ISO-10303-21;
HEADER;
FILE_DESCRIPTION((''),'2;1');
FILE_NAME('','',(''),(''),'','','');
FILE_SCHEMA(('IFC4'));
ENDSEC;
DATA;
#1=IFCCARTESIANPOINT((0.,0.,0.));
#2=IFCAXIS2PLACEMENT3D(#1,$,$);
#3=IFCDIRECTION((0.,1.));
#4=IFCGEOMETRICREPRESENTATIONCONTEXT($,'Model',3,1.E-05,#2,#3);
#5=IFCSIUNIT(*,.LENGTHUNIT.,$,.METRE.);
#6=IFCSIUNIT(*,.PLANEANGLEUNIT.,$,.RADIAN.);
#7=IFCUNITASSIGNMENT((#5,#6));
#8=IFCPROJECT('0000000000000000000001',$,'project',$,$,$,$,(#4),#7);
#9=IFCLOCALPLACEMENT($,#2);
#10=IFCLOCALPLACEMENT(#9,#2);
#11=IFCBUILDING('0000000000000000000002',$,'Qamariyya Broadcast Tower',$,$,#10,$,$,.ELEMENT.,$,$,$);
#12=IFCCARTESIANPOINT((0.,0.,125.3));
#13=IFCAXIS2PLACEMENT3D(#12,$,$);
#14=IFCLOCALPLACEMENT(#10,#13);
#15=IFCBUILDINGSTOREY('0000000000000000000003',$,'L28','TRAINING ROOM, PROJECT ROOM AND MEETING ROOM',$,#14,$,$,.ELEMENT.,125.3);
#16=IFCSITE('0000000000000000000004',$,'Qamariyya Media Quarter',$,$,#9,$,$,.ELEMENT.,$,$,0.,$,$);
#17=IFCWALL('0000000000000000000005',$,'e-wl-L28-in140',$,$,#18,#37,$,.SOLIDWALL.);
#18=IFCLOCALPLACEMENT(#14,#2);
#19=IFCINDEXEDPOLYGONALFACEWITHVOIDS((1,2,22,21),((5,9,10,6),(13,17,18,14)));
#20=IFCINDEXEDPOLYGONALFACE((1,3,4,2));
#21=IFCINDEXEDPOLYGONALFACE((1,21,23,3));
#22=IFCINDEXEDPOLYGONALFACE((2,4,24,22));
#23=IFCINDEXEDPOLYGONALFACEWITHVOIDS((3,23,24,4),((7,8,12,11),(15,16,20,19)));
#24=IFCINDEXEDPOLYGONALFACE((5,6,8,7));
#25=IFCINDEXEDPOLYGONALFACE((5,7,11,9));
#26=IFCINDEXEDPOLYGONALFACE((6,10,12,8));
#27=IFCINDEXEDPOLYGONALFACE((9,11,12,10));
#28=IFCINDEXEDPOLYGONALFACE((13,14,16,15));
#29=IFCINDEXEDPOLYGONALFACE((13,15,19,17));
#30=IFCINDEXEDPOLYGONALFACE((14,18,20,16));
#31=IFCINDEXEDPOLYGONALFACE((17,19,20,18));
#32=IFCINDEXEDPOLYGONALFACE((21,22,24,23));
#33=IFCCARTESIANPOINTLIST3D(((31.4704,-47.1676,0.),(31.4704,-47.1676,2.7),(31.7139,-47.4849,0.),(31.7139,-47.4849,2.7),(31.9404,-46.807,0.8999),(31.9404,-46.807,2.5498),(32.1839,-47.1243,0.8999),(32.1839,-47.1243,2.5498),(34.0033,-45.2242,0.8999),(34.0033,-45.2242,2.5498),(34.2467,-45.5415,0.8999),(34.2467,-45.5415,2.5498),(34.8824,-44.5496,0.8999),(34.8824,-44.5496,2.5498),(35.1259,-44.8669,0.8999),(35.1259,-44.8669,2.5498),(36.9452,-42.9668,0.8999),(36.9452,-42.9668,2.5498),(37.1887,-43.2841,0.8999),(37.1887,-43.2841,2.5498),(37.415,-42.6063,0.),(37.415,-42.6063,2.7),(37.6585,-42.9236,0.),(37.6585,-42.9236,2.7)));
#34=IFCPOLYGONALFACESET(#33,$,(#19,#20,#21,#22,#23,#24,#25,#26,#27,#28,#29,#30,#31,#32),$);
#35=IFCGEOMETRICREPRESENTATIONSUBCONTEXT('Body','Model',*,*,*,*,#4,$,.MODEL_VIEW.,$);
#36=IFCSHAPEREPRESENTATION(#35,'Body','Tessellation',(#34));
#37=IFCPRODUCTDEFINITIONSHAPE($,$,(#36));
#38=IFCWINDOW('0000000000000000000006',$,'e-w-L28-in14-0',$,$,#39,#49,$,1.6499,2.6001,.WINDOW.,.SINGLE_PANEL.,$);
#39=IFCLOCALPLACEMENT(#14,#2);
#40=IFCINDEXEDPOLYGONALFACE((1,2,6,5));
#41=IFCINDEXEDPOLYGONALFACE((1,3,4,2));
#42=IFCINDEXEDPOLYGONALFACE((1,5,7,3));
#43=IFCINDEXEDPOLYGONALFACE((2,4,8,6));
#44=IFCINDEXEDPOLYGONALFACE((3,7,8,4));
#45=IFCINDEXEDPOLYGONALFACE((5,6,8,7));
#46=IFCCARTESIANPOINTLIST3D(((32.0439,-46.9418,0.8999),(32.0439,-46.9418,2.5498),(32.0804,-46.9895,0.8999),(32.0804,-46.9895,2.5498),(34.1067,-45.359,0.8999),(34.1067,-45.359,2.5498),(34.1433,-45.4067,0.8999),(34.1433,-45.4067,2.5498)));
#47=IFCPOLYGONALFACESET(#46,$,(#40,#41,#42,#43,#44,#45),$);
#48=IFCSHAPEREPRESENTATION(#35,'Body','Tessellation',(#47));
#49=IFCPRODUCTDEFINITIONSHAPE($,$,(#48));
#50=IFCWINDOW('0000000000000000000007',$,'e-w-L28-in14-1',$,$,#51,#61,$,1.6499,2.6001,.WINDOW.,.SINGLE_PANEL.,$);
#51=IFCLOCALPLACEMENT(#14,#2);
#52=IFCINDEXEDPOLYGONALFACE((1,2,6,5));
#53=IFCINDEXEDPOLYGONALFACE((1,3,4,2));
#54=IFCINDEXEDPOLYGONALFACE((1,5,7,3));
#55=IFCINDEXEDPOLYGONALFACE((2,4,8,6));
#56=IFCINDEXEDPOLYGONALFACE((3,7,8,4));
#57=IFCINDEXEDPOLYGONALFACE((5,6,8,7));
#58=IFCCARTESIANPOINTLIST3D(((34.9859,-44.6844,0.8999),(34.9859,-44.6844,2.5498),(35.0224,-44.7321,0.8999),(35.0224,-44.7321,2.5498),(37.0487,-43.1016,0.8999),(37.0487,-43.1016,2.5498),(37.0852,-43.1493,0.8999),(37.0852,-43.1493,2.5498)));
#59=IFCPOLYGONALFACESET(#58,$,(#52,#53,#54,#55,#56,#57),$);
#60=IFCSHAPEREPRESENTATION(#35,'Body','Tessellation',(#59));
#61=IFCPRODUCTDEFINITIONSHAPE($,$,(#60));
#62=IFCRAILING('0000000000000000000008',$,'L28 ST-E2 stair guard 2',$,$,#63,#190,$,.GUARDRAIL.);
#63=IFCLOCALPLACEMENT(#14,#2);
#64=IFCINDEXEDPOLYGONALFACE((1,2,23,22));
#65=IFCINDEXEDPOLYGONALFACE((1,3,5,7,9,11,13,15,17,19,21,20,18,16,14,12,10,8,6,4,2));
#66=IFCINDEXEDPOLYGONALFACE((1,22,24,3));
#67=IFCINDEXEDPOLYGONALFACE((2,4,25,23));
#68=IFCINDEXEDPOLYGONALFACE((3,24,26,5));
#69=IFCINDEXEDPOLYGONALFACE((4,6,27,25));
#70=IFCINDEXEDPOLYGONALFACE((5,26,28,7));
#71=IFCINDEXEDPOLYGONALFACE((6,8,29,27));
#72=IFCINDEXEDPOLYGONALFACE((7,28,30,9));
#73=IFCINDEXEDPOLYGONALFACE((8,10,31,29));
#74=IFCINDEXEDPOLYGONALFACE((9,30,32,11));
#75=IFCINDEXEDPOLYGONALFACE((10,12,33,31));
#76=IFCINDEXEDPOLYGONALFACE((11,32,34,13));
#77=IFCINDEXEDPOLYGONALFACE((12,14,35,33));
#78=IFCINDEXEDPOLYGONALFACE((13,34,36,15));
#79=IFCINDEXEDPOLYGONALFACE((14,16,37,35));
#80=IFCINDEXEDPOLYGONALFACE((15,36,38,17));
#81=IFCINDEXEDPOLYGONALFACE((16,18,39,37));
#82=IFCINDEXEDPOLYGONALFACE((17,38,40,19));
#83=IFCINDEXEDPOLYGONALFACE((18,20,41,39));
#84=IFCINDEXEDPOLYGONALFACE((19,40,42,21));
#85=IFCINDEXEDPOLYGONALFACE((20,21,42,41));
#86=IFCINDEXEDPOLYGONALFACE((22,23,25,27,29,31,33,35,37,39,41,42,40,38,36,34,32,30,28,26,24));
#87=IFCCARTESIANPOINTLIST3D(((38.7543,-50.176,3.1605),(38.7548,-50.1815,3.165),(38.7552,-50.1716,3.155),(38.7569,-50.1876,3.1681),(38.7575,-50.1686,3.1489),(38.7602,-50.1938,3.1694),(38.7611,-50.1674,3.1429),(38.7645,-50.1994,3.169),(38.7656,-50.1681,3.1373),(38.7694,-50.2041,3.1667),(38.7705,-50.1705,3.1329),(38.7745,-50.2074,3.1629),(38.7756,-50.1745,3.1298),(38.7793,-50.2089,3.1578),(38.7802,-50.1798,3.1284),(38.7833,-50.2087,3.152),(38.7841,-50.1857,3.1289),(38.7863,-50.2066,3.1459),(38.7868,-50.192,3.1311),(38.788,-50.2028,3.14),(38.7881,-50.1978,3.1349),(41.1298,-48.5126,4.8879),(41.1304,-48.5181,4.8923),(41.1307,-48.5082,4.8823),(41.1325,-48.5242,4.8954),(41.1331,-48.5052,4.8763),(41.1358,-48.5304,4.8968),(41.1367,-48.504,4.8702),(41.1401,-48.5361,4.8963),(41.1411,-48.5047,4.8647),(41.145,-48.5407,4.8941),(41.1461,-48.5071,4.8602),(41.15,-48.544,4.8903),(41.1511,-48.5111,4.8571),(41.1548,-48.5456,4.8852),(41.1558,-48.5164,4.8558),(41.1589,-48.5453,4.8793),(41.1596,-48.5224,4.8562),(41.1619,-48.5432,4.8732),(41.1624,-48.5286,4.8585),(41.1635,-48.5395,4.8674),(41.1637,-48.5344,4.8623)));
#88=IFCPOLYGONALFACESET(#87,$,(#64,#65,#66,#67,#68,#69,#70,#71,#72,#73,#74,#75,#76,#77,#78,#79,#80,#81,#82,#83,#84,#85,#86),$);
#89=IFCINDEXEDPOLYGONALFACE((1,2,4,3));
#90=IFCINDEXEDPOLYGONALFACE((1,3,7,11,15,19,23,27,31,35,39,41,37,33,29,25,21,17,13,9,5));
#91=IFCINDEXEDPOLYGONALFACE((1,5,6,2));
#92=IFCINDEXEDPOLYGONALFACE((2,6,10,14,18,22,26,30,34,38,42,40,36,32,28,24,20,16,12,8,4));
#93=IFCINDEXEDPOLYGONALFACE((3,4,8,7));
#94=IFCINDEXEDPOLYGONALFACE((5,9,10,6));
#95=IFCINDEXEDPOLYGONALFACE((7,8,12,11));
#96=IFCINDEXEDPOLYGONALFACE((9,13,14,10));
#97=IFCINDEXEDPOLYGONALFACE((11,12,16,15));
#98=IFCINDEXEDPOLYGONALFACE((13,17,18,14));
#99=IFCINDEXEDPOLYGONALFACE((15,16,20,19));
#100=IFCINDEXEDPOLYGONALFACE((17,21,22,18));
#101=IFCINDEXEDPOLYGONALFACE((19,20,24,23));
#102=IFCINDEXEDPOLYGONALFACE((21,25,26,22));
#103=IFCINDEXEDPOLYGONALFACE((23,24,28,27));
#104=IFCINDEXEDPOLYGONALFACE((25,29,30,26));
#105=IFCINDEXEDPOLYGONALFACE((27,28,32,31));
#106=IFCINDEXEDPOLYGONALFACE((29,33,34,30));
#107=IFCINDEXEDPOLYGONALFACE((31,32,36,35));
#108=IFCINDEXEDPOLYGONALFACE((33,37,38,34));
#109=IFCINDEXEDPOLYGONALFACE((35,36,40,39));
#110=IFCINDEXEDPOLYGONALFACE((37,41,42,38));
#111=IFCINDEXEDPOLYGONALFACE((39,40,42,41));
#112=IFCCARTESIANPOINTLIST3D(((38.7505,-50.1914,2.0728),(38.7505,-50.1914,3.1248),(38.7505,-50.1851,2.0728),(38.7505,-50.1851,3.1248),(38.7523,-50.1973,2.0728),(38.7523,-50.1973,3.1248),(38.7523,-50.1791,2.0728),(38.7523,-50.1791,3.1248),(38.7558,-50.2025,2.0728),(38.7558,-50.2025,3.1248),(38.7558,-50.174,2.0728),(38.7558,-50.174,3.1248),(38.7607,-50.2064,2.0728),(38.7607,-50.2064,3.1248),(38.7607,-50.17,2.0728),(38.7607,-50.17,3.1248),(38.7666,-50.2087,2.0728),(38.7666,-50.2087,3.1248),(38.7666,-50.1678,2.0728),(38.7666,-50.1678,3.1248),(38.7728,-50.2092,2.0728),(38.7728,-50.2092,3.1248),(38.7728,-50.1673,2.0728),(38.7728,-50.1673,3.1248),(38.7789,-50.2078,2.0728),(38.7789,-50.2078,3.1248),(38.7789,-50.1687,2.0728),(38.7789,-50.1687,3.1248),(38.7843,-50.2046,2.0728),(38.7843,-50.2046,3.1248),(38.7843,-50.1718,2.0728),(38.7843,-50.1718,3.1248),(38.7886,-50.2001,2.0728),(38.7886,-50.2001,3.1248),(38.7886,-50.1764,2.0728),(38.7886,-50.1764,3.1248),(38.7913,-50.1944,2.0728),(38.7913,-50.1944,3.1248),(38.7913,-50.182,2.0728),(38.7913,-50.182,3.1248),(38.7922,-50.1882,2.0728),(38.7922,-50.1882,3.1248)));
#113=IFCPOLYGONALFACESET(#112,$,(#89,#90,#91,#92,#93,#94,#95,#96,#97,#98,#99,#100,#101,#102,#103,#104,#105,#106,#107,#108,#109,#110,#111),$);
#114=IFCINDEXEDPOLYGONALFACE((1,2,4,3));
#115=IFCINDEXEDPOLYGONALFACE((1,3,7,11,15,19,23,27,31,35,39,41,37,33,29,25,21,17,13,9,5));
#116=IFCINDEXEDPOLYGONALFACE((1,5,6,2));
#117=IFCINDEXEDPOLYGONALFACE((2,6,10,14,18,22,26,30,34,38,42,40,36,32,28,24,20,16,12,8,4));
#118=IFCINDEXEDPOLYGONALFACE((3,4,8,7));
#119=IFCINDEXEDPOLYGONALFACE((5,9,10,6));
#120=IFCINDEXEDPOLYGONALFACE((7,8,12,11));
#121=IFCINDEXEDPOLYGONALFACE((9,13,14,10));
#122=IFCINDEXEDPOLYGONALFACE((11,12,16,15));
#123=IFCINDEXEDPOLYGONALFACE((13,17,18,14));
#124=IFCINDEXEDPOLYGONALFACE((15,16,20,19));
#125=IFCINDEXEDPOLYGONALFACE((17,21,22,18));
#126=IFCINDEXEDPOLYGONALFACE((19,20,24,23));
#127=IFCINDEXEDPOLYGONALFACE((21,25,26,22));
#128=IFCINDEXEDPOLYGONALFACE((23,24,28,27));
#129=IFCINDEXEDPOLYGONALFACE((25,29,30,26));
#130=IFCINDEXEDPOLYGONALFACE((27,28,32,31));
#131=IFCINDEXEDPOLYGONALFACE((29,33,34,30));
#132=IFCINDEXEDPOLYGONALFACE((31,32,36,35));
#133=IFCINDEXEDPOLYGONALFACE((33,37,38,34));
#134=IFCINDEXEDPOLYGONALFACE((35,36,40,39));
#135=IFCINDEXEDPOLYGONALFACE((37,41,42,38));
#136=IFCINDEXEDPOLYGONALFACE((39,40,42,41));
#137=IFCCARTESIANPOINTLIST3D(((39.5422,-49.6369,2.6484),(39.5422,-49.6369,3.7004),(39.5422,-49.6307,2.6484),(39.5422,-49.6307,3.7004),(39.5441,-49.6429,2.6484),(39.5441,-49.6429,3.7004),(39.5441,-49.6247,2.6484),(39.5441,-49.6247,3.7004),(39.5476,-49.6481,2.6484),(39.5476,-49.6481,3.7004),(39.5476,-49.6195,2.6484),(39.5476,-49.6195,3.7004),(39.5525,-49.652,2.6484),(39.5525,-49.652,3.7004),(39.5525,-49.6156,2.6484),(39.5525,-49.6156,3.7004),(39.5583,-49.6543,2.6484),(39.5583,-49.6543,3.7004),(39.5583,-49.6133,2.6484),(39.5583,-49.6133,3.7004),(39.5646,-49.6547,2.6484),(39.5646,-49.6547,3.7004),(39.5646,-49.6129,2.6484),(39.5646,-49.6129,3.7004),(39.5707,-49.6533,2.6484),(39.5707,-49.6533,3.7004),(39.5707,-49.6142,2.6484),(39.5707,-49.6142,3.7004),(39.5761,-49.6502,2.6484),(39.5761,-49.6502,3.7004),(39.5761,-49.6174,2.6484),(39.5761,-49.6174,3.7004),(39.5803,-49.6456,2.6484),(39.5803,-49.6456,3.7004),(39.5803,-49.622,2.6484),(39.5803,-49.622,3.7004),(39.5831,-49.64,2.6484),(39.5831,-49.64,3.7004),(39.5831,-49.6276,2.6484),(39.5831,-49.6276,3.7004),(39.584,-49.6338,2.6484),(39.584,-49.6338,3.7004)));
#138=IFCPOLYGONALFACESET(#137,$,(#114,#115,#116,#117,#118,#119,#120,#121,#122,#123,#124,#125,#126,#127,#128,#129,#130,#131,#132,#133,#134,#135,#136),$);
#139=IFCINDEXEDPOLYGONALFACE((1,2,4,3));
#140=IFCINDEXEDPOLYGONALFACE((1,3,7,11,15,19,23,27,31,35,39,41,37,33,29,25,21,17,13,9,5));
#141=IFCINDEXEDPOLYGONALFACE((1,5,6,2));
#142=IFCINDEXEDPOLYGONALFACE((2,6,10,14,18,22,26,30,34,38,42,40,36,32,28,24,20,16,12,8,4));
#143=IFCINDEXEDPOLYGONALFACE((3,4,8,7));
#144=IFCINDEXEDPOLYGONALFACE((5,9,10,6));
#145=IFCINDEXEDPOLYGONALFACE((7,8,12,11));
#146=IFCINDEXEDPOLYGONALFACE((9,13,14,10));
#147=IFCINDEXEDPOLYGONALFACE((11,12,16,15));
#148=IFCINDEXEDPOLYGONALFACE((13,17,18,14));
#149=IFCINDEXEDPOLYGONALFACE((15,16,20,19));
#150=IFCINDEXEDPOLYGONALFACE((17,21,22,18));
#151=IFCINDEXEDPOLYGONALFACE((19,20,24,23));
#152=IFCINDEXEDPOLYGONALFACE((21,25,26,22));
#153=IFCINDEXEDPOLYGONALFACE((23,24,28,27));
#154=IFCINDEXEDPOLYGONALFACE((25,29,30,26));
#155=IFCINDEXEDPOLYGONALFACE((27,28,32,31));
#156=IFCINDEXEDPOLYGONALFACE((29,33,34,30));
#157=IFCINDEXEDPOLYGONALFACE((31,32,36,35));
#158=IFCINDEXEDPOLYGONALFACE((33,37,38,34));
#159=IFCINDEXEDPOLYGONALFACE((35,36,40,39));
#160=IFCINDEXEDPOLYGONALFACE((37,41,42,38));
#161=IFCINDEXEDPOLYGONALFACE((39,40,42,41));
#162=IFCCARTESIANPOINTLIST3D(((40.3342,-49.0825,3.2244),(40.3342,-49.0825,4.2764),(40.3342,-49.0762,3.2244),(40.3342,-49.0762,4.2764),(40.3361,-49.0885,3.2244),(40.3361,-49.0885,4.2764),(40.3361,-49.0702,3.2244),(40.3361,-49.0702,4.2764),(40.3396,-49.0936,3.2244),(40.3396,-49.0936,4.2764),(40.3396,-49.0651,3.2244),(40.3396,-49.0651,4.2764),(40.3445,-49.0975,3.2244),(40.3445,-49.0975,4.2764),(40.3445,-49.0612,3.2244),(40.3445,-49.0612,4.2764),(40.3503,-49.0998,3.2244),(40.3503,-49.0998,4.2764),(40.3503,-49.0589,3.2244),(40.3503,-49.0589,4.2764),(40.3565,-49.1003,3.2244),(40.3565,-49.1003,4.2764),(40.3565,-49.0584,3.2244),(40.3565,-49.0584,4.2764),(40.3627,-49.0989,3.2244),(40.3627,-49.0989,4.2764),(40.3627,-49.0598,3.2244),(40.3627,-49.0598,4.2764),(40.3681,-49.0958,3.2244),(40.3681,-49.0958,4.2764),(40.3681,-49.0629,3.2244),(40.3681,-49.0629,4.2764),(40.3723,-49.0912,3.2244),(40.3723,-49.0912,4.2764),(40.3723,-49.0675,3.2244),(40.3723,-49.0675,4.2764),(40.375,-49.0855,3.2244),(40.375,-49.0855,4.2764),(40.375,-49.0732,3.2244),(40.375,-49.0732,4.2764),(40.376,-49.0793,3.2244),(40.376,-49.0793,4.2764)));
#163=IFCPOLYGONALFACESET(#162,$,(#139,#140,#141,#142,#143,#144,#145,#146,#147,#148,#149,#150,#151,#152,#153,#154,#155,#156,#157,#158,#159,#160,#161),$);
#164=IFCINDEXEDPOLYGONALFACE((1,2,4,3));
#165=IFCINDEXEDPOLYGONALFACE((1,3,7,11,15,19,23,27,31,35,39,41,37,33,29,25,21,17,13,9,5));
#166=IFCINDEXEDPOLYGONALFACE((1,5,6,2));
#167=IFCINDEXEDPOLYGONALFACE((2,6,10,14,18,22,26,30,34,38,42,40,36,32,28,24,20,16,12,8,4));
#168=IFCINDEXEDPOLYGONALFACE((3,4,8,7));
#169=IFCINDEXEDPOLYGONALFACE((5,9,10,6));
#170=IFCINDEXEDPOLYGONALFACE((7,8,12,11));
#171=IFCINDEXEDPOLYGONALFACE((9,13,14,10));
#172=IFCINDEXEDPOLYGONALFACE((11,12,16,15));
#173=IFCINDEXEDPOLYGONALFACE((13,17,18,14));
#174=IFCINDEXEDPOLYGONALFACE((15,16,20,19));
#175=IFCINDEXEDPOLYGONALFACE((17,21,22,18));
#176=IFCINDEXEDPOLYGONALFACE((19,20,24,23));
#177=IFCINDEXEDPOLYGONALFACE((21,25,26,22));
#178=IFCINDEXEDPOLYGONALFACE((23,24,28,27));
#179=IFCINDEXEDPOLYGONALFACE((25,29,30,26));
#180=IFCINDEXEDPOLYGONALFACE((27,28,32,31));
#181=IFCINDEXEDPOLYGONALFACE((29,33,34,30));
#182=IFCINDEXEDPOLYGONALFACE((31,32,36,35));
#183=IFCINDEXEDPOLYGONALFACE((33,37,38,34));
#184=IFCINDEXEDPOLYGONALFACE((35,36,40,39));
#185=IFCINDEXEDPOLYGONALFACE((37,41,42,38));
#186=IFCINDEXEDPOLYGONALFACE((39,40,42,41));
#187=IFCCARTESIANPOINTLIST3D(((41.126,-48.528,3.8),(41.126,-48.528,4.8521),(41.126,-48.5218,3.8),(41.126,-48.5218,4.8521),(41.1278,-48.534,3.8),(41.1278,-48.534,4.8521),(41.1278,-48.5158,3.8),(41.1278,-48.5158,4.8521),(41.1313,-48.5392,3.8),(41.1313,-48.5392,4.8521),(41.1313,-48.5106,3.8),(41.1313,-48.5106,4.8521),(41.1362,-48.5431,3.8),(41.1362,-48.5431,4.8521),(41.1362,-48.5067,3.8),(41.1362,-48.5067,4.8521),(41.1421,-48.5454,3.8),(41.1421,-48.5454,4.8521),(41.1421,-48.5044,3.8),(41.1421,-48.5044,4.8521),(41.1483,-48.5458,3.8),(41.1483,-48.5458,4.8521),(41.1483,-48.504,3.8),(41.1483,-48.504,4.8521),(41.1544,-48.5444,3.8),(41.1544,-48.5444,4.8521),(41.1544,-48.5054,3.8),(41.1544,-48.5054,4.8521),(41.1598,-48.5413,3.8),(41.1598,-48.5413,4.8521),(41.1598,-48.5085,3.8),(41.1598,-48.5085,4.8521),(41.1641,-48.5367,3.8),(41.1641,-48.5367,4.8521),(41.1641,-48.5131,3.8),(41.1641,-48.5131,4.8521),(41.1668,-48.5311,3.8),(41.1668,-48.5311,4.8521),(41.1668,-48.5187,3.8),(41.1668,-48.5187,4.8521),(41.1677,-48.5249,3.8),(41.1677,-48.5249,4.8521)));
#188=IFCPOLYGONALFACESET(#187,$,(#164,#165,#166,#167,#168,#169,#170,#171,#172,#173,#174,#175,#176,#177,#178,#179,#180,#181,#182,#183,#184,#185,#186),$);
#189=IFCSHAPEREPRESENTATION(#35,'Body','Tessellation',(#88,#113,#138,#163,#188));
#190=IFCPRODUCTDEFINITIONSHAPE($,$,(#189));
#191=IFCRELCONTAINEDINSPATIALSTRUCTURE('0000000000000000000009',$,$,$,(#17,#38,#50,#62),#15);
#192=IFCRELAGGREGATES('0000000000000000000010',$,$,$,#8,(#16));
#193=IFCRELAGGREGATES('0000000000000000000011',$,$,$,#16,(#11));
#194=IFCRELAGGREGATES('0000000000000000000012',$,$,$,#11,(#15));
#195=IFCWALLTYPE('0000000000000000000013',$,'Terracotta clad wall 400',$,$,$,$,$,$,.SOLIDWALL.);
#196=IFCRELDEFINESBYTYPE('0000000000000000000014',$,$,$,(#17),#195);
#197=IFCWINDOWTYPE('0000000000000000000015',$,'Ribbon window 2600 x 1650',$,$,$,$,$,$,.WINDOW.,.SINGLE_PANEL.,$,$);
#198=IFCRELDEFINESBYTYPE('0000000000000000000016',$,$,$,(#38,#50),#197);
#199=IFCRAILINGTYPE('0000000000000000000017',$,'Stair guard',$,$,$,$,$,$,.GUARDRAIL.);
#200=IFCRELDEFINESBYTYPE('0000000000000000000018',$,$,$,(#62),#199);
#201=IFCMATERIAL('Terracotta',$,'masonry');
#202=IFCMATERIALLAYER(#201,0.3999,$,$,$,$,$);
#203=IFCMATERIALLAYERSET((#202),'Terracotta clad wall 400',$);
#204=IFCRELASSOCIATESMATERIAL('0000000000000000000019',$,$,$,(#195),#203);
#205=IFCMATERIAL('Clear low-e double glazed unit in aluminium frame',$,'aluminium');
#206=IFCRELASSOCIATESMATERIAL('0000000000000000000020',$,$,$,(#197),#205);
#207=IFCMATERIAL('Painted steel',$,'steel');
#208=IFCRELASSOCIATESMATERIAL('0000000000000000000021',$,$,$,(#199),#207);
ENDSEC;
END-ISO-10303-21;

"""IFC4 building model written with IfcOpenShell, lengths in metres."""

from ifc_helpers import new_model, si_unit, direction, frame, frame_2d, origin, origin_2d, place, context, subcontext, project, spatial, rectangle, circle, extrude, material, layer, layer_set, type_object, element, fill, save


model = new_model("IFC4")

# Units and contexts
model_context = context("Model", 3, precision=1e-05, world=origin(), true_north=direction((0.0, 1.0)))
body_context = subcontext(model_context, "Body", "Model", "MODEL_VIEW")
ifc_project = project(units=[si_unit("LENGTHUNIT", "METRE"), si_unit("PLANEANGLEUNIT", "RADIAN")], contexts=[model_context])

# Site, building, storey
site_placement = place(None, origin())
site = spatial("IfcSite", under=ifc_project, at=site_placement, Name="Qamariyya Media Quarter", CompositionType="ELEMENT", RefElevation=0.0)
building_placement = place(site_placement, origin())
building = spatial("IfcBuilding", under=site, at=building_placement, Name="Qamariyya Broadcast Tower", CompositionType="ELEMENT")
storey_placement = place(building_placement, frame((0.0, 0.0, 125.3)))
storey = spatial("IfcBuildingStorey", under=building, at=storey_placement, Name="L28", Description="TRAINING ROOM, PROJECT ROOM AND MEETING ROOM", CompositionType="ELEMENT", Elevation=125.3)

# Wall, openings, windows
ifc_material_1 = material(Name="Terracotta", Category="masonry")
ifc_layer_1 = layer(ifc_material_1, 0.3999)
ifc_layer_set_1 = layer_set([ifc_layer_1], Name="Terracotta clad wall 400")
wall_type_1 = type_object("IfcWallType", Name="Terracotta clad wall 400", PredefinedType="SOLIDWALL", material=ifc_layer_set_1)
ifc_material_2 = material(Name="Clear low-e double glazed unit in aluminium frame", Category="aluminium")
window_type = type_object("IfcWindowType", Name="Ribbon window 2600 x 1650", PartitioningType="SINGLE_PANEL", PredefinedType="WINDOW", material=ifc_material_2)
wall_1_placement = place(storey_placement, frame((37.5369, -42.7649, 0.0), z_axis=(0.0, 0.0, 1.0), x_axis=(-0.793363, -0.608748, 0.0)))
wall_1 = element("IfcWall", 1, at=wall_1_placement, inside=storey, type_object=wall_type_1, Name="e-wl-L28-in140", PredefinedType="SOLIDWALL", context=body_context, shape_type="SweptSolid", body=[
    extrude(rectangle(XDim=7.4929, YDim=0.3999, at=frame_2d((3.7466, 0.0))), origin(), (0.0, 0.0, 1.0), 2.7),
])
opening_1_placement = place(wall_1_placement, frame((4.3005, 0.0, 0.8999)))
opening_1 = element("IfcOpeningElement", 2, at=opening_1_placement, cuts=wall_1, PredefinedType="OPENING", context=body_context, shape_type="SweptSolid", body=[
    extrude(rectangle(XDim=2.6001, YDim=1.6499, at=frame_2d((1.3, 0.825))), frame((0.0, 0.21, 0.0), z_axis=(0.0, -1.0, 0.0), x_axis=(1.0, 0.0, 0.0)), (0.0, 0.0, 1.0), 0.4199),
])
opening_2_placement = place(wall_1_placement, frame((0.5923, 0.0, 0.8999)))
opening_2 = element("IfcOpeningElement", 3, at=opening_2_placement, cuts=wall_1, PredefinedType="OPENING", context=body_context, shape_type="SweptSolid", body=[
    extrude(rectangle(XDim=2.6001, YDim=1.6499, at=frame_2d((1.3, 0.825))), frame((0.0, 0.21, 0.0), z_axis=(0.0, -1.0, 0.0), x_axis=(1.0, 0.0, 0.0)), (0.0, 0.0, 1.0), 0.4199),
])
window_1_placement = place(opening_1_placement, origin())
window_1 = element("IfcWindow", 4, at=window_1_placement, inside=storey, type_object=window_type, Name="e-w-L28-in14-0", OverallHeight=1.6499, OverallWidth=2.6001, PartitioningType="SINGLE_PANEL", PredefinedType="WINDOW", context=body_context, shape_type="SweptSolid", body=[
    extrude(rectangle(XDim=2.6001, YDim=1.6499, at=frame_2d((1.3, 0.825))), frame((0.0, 0.03, 0.0), z_axis=(0.0, -1.0, 0.0), x_axis=(1.0, 0.0, 0.0)), (0.0, 0.0, 1.0), 0.0601),
])
fill(opening_1, window_1)
window_2_placement = place(opening_2_placement, origin())
window_2 = element("IfcWindow", 5, at=window_2_placement, inside=storey, type_object=window_type, Name="e-w-L28-in14-1", OverallHeight=1.6499, OverallWidth=2.6001, PartitioningType="SINGLE_PANEL", PredefinedType="WINDOW", context=body_context, shape_type="SweptSolid", body=[
    extrude(rectangle(XDim=2.6001, YDim=1.6499, at=frame_2d((1.3, 0.825))), frame((0.0, 0.03, 0.0), z_axis=(0.0, -1.0, 0.0), x_axis=(1.0, 0.0, 0.0)), (0.0, 0.0, 1.0), 0.0601),
])
fill(opening_2, window_2)

# Railing
ifc_material_3 = material(Name="Painted steel", Category="steel")
railing_type_1 = type_object("IfcRailingType", Name="Stair guard", PredefinedType="GUARDRAIL", material=ifc_material_3)
railing_1_placement = place(storey_placement, frame((38.7712, -50.1882, 2.0728)))
element("IfcRailing", 6, at=railing_1_placement, inside=storey, type_object=railing_type_1, Name="L28 ST-E2 stair guard 2", PredefinedType="GUARDRAIL", context=body_context, shape_type="SweptSolid", body=[
    extrude(circle(Radius=0.0239, at=origin_2d()), frame((0.0, 0.0, 1.0762), z_axis=(0.70377, 0.492784, 0.511734), x_axis=(-0.573575, 0.819153, 0.0)), (0.0, 0.0, 1.0), 3.3755),
    extrude(circle(Radius=0.021, at=origin_2d()), origin(), (0.0, 0.0, 1.0), 1.052),
    extrude(circle(Radius=0.021, at=origin_2d()), frame((0.7917, 0.5544, 0.5757)), (0.0, 0.0, 1.0), 1.052),
    extrude(circle(Radius=0.021, at=origin_2d()), frame((1.5837, 1.1089, 1.1516)), (0.0, 0.0, 1.0), 1.052),
    extrude(circle(Radius=0.021, at=origin_2d()), frame((2.3755, 1.6633, 1.7273)), (0.0, 0.0, 1.0), 1.052),
])

save(model, "model.ifc")
